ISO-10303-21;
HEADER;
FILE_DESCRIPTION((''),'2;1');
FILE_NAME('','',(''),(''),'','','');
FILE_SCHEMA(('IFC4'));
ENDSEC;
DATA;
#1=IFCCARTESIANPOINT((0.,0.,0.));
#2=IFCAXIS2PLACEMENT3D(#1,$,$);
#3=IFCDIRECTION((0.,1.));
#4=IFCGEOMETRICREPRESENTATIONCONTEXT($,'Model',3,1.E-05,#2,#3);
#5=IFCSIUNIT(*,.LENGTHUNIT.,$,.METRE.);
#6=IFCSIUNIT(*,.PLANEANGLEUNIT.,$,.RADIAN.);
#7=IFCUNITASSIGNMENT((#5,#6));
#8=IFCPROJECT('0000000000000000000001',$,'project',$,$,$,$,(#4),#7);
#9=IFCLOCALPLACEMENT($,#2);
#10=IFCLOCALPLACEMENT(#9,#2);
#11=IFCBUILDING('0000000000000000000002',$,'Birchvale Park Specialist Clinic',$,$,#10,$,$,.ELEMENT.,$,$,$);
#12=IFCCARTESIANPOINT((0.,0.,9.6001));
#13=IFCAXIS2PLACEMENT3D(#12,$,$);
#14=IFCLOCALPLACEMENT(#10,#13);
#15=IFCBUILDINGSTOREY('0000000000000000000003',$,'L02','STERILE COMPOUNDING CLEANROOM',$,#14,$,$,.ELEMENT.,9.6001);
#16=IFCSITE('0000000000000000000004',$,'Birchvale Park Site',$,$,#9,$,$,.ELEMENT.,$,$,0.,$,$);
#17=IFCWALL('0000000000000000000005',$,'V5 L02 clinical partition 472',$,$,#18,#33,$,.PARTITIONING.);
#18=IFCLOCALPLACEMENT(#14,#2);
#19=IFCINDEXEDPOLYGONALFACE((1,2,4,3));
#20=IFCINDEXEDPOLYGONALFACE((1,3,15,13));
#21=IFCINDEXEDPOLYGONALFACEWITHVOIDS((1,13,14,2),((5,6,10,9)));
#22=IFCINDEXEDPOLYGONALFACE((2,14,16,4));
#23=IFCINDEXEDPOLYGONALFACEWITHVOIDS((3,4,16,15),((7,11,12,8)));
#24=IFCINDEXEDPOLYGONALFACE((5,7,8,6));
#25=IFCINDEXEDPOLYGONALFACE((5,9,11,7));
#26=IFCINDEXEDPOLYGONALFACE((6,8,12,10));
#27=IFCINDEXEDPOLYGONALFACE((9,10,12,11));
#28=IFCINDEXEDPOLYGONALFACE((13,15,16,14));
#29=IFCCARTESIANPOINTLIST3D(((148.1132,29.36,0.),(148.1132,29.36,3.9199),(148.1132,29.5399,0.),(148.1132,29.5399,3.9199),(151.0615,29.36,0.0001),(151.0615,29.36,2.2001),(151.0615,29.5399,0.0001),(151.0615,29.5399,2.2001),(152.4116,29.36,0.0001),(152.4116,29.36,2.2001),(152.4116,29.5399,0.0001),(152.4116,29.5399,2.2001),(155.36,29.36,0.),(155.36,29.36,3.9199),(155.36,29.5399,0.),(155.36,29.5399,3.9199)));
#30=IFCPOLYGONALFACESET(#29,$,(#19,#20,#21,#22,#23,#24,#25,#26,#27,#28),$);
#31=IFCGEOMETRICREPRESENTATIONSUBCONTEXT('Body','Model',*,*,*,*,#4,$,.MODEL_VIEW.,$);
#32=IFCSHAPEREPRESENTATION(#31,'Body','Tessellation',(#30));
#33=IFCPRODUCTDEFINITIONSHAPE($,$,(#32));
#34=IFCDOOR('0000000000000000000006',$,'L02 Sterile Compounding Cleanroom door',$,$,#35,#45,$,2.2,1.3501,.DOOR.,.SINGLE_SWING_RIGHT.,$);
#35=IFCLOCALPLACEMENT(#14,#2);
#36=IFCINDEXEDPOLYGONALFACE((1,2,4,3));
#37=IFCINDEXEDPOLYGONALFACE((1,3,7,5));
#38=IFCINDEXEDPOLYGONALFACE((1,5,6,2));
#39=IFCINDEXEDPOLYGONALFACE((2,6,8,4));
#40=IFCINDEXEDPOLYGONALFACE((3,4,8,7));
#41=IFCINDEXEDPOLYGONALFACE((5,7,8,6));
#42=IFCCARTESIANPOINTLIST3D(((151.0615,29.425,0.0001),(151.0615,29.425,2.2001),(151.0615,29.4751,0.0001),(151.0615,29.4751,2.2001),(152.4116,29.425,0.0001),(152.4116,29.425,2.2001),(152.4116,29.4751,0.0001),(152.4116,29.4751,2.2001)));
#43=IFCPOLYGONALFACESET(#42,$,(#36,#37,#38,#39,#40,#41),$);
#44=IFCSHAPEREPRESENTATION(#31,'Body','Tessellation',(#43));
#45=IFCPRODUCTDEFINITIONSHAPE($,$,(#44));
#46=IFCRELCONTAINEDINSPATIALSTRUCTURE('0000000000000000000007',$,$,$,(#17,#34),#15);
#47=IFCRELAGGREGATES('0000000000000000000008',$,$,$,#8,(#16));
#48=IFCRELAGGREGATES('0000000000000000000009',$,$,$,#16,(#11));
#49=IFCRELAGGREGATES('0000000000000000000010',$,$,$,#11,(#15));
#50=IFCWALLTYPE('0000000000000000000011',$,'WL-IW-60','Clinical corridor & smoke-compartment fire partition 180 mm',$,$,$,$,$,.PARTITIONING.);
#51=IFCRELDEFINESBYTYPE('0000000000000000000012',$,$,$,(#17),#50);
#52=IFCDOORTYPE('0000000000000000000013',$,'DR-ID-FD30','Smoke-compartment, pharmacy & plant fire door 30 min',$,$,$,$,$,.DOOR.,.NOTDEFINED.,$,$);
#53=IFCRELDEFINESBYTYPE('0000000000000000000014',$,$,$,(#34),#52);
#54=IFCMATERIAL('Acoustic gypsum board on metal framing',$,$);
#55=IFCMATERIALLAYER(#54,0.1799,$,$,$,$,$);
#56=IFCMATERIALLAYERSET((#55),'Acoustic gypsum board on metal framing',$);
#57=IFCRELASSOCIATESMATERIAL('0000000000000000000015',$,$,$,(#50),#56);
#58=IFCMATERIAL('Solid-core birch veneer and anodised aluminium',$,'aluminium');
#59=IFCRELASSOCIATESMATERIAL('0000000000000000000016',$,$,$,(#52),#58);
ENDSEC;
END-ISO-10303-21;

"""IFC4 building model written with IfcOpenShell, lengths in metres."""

from ifc_helpers import new_model, si_unit, direction, frame, frame_2d, origin, place, context, subcontext, project, spatial, rectangle, extrude, material, layer, layer_set, type_object, element, fill, save


model = new_model("IFC4")

# Units and contexts
model_context = context("Model", 3, precision=1e-05, world=origin(), true_north=direction((0.0, 1.0)))
body_context = subcontext(model_context, "Body", "Model", "MODEL_VIEW")
ifc_project = project(units=[si_unit("LENGTHUNIT", "METRE"), si_unit("PLANEANGLEUNIT", "RADIAN")], contexts=[model_context])

# Site, building, storey
site_placement = place(None, origin())
site = spatial("IfcSite", under=ifc_project, at=site_placement, Name="Birchvale Park Site", CompositionType="ELEMENT", RefElevation=0.0)
building_placement = place(site_placement, origin())
building = spatial("IfcBuilding", under=site, at=building_placement, Name="Birchvale Park Specialist Clinic", CompositionType="ELEMENT")
storey_placement = place(building_placement, frame((0.0, 0.0, 9.6001)))
storey = spatial("IfcBuildingStorey", under=building, at=storey_placement, Name="L02", Description="STERILE COMPOUNDING CLEANROOM", CompositionType="ELEMENT", Elevation=9.6001)

# Shared definitions
ifc_material_1 = material(Name="Acoustic gypsum board on metal framing")
ifc_layer_1 = layer(ifc_material_1, 0.1799)
ifc_layer_set_1 = layer_set([ifc_layer_1], Name="Acoustic gypsum board on metal framing")
wall_type_1 = type_object("IfcWallType", Name="WL-IW-60", Description="Clinical corridor & smoke-compartment fire partition 180 mm", PredefinedType="PARTITIONING", material=ifc_layer_set_1)
ifc_material_2 = material(Name="Solid-core birch veneer and anodised aluminium", Category="aluminium")

# Wall, opening, door
wall_1_placement = place(storey_placement, frame((155.3601, 29.45, 0.0), z_axis=(0.0, 0.0, 1.0), x_axis=(-1.0, 0.0, 0.0)))
wall_1 = element("IfcWall", 1, at=wall_1_placement, inside=storey, type_object=wall_type_1, Name="V5 L02 clinical partition 472", PredefinedType="PARTITIONING", context=body_context, shape_type="SweptSolid", body=[
    extrude(rectangle(XDim=7.2468, YDim=0.1799, at=frame_2d((3.6235, 0.0))), origin(), (0.0, 0.0, 1.0), 3.9199),
])
opening_1_placement = place(wall_1_placement, frame((2.9485, 0.0, 0.0)))
opening_1 = element("IfcOpeningElement", 2, at=opening_1_placement, cuts=wall_1, PredefinedType="OPENING", context=body_context, shape_type="SweptSolid", body=[
    extrude(rectangle(XDim=1.3501, YDim=2.2, at=frame_2d((0.675, 1.1001))), frame((0.0, 0.1001, 0.0), z_axis=(0.0, -1.0, 0.0), x_axis=(1.0, 0.0, 0.0)), (0.0, 0.0, 1.0), 0.2),
])
door_type_1 = type_object("IfcDoorType", Name="DR-ID-FD30", Description="Smoke-compartment, pharmacy & plant fire door 30 min", OperationType="NOTDEFINED", PredefinedType="DOOR", material=ifc_material_2)
door_1_placement = place(opening_1_placement, origin())
door_1 = element("IfcDoor", 3, at=door_1_placement, inside=storey, type_object=door_type_1, Name="L02 Sterile Compounding Cleanroom door", OperationType="SINGLE_SWING_RIGHT", OverallHeight=2.2, OverallWidth=1.3501, PredefinedType="DOOR", context=body_context, shape_type="SweptSolid", body=[
    extrude(rectangle(XDim=1.3501, YDim=2.2, at=frame_2d((0.675, 1.1001))), frame((0.0, 0.0249, 0.0), z_axis=(0.0, -1.0, 0.0), x_axis=(1.0, 0.0, 0.0)), (0.0, 0.0, 1.0), 0.05),
])
fill(opening_1, door_1)

save(model, "model.ifc")
